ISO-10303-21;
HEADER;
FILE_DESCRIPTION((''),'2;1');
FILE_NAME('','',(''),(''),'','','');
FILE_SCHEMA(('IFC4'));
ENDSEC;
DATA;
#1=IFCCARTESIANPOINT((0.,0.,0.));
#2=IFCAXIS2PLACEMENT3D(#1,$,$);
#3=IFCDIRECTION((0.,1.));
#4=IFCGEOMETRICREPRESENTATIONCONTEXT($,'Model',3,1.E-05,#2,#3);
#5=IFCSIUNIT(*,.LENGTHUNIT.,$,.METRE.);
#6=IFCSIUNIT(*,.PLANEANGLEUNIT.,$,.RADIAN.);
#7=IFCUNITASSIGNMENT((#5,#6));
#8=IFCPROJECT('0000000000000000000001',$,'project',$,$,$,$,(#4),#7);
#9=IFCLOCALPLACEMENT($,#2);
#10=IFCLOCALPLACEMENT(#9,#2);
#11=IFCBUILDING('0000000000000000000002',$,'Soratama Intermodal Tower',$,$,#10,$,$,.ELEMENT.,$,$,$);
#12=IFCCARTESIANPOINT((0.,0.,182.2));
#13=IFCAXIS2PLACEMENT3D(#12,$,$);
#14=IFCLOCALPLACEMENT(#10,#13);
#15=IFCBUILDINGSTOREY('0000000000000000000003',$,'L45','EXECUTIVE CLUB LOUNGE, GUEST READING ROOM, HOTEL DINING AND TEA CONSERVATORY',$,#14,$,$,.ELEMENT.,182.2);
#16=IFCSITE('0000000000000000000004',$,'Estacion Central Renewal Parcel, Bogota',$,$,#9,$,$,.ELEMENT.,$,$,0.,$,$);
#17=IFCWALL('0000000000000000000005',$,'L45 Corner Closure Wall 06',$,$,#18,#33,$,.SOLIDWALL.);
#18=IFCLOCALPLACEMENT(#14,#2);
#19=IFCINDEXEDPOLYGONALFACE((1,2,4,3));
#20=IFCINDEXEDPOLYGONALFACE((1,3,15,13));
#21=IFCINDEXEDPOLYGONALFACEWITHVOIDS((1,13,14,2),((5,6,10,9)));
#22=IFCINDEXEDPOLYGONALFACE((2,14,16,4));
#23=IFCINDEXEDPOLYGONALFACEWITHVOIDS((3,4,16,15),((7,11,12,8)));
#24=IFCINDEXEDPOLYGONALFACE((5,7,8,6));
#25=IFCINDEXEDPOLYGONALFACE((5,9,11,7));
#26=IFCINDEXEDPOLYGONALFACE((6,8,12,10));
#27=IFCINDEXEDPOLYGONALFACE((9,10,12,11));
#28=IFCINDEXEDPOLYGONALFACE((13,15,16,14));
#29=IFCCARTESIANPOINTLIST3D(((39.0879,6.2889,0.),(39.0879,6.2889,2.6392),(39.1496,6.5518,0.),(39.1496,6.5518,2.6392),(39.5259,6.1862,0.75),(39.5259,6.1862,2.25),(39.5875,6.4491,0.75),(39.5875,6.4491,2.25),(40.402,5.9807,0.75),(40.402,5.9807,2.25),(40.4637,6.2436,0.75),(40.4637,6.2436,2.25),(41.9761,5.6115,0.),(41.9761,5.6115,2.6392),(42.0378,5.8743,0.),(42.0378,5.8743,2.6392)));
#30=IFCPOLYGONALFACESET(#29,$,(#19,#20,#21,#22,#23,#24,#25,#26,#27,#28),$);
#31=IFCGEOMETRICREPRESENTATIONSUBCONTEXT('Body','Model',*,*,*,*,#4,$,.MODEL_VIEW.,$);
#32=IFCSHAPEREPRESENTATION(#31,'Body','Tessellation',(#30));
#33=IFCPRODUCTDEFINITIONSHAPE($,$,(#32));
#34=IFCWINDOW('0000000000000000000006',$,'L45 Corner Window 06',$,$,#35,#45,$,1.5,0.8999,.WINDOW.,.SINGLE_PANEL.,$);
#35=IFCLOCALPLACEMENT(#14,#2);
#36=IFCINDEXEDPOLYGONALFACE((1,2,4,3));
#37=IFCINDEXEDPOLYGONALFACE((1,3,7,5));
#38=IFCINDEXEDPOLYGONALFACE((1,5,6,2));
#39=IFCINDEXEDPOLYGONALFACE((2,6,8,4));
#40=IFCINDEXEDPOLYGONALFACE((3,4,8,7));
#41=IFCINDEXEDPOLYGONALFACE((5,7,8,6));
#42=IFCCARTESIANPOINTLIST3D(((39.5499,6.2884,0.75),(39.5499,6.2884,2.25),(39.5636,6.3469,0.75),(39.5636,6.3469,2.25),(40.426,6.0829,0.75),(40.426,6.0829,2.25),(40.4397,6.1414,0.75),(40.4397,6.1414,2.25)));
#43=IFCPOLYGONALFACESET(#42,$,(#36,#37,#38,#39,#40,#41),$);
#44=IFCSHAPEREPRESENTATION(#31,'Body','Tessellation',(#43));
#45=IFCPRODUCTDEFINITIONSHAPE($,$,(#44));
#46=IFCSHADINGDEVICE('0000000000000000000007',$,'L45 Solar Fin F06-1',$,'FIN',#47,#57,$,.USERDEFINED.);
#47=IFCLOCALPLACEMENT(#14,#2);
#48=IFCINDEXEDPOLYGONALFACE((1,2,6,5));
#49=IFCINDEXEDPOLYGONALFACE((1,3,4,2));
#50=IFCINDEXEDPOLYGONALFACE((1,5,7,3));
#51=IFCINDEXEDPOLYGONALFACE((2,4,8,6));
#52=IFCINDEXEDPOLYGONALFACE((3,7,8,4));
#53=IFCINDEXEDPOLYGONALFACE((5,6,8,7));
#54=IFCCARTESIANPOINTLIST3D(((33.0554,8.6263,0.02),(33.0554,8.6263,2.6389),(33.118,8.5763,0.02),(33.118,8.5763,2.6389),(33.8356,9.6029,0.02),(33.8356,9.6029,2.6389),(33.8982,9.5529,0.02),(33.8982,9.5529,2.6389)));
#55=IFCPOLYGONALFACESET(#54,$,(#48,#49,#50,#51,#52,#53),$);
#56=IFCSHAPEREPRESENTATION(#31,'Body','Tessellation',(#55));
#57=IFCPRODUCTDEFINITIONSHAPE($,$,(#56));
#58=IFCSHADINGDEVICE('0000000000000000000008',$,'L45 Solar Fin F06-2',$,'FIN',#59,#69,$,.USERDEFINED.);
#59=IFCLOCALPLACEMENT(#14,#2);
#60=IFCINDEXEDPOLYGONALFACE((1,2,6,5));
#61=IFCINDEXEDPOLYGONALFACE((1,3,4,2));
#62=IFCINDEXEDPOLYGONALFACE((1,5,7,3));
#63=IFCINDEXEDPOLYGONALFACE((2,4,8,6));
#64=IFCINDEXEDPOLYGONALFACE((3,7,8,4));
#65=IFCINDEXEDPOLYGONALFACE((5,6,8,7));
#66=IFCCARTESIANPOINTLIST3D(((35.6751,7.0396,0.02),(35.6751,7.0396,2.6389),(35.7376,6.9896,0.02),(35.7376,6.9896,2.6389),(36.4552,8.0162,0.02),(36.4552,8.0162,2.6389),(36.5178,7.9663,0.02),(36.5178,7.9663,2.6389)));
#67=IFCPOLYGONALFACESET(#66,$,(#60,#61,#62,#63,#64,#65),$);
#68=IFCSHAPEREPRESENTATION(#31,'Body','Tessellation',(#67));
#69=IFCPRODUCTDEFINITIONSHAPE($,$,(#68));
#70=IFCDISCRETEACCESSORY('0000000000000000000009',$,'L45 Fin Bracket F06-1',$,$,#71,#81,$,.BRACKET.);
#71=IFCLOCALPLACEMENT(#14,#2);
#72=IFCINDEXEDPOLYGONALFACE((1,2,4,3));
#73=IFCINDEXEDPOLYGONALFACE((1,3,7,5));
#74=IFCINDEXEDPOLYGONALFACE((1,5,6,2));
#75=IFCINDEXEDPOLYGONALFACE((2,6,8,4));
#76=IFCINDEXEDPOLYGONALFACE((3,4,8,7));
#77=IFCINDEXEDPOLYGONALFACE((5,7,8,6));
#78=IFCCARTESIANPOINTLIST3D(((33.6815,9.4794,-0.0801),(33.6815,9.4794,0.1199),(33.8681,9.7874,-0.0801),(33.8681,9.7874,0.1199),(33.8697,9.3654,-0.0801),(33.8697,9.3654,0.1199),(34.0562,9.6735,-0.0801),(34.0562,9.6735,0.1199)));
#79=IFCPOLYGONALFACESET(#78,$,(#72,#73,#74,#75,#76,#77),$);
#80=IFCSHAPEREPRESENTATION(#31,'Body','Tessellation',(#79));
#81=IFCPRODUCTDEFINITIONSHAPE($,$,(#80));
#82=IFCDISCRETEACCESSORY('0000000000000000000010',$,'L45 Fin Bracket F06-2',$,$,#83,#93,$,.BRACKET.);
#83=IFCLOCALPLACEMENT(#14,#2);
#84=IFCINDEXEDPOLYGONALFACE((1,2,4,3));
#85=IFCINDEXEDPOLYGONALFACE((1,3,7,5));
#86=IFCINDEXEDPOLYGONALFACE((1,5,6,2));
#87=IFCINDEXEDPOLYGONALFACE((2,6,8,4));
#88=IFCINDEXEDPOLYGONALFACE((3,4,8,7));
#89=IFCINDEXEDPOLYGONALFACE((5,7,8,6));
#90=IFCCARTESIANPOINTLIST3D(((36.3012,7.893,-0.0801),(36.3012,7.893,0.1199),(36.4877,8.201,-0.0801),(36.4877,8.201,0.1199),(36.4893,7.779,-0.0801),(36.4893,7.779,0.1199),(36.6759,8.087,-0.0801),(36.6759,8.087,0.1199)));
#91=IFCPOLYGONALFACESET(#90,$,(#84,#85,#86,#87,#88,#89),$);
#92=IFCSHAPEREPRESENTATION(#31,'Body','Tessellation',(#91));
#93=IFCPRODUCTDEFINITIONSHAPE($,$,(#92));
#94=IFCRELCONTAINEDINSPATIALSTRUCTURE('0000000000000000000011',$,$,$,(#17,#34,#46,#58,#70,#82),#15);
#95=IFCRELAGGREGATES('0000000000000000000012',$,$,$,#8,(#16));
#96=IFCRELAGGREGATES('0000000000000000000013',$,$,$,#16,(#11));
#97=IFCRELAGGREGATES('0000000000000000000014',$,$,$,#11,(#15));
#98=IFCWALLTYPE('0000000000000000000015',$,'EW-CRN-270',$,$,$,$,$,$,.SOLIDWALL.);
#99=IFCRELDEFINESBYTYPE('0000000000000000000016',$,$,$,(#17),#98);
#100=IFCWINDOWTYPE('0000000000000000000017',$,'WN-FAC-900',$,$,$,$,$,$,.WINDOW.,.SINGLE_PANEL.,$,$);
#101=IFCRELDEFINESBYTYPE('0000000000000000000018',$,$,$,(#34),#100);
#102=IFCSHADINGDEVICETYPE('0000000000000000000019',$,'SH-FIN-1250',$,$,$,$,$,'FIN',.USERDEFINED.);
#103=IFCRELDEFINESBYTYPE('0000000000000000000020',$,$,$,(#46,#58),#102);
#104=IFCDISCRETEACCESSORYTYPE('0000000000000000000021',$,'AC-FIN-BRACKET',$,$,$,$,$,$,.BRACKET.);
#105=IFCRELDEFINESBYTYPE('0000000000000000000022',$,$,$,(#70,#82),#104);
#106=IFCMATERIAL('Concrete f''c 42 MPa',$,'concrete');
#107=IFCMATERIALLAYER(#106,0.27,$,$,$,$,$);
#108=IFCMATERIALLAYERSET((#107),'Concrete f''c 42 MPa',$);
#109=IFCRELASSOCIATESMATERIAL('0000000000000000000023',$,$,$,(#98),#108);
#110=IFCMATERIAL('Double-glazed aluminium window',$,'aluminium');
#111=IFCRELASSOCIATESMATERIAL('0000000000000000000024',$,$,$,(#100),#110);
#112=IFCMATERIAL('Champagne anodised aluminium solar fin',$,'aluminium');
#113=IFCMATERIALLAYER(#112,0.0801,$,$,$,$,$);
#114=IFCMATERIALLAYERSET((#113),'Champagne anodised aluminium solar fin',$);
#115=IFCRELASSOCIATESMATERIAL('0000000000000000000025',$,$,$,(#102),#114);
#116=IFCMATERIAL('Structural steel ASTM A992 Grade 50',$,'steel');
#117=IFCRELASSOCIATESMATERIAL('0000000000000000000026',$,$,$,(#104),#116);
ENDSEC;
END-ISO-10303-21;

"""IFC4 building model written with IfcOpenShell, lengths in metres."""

from ifc_helpers import new_model, si_unit, direction, frame, frame_2d, origin, origin_2d, place, context, subcontext, project, spatial, rectangle, extrude, material, layer, layer_set, type_object, element, fill, save


model = new_model("IFC4")

# Units and contexts
model_context = context("Model", 3, precision=1e-05, world=origin(), true_north=direction((0.0, 1.0)))
body_context = subcontext(model_context, "Body", "Model", "MODEL_VIEW")
ifc_project = project(units=[si_unit("LENGTHUNIT", "METRE"), si_unit("PLANEANGLEUNIT", "RADIAN")], contexts=[model_context])

# Site, building, storey
site_placement = place(None, origin())
site = spatial("IfcSite", under=ifc_project, at=site_placement, Name="Estacion Central Renewal Parcel, Bogota", CompositionType="ELEMENT", RefElevation=0.0)
building_placement = place(site_placement, origin())
building = spatial("IfcBuilding", under=site, at=building_placement, Name="Soratama Intermodal Tower", CompositionType="ELEMENT")
storey_placement = place(building_placement, frame((0.0, 0.0, 182.2)))
storey = spatial("IfcBuildingStorey", under=building, at=storey_placement, Name="L45", Description="EXECUTIVE CLUB LOUNGE, GUEST READING ROOM, HOTEL DINING AND TEA CONSERVATORY", CompositionType="ELEMENT", Elevation=182.2)

# Wall, opening, window
ifc_material_1 = material(Name="Concrete f'c 42 MPa", Category="concrete")
ifc_layer_1 = layer(ifc_material_1, 0.27)
ifc_layer_set_1 = layer_set([ifc_layer_1], Name="Concrete f'c 42 MPa")
wall_type = type_object("IfcWallType", Name="EW-CRN-270", PredefinedType="SOLIDWALL", material=ifc_layer_set_1)
wall_placement = place(storey_placement, frame((39.1187, 6.4204, 0.0), z_axis=(0.0, 0.0, 1.0), x_axis=(0.973573, -0.228374, 0.0)))
wall = element("IfcWall", 1, at=wall_placement, inside=storey, type_object=wall_type, Name="L45 Corner Closure Wall 06", PredefinedType="SOLIDWALL", context=body_context, shape_type="SweptSolid", body=[
    extrude(rectangle(XDim=2.9666, YDim=0.27, at=frame_2d((1.4834, 0.0))), origin(), (0.0, 0.0, 1.0), 2.6392),
])
opening_placement = place(wall_placement, frame((0.45, 0.0, 0.75)))
opening = element("IfcOpeningElement", 2, at=opening_placement, cuts=wall, PredefinedType="OPENING", context=body_context, shape_type="SweptSolid", body=[
    extrude(rectangle(XDim=0.8999, YDim=1.5, at=frame_2d((0.45, 0.75))), frame((0.0, 0.145, 0.0), z_axis=(0.0, -1.0, 0.0), x_axis=(1.0, 0.0, 0.0)), (0.0, 0.0, 1.0), 0.29),
])
ifc_material_2 = material(Name="Double-glazed aluminium window", Category="aluminium")
window_type = type_object("IfcWindowType", Name="WN-FAC-900", PartitioningType="SINGLE_PANEL", PredefinedType="WINDOW", material=ifc_material_2)
window_placement = place(opening_placement, origin())
window = element("IfcWindow", 3, at=window_placement, inside=storey, type_object=window_type, Name="L45 Corner Window 06", OverallHeight=1.5, OverallWidth=0.8999, PartitioningType="SINGLE_PANEL", PredefinedType="WINDOW", context=body_context, shape_type="SweptSolid", body=[
    extrude(rectangle(XDim=0.8999, YDim=1.5, at=frame_2d((0.45, 0.75))), frame((0.0, 0.03, 0.0), z_axis=(0.0, -1.0, 0.0), x_axis=(1.0, 0.0, 0.0)), (0.0, 0.0, 1.0), 0.0601),
])
fill(opening, window)

# Shading devices
ifc_material_3 = material(Name="Champagne anodised aluminium solar fin", Category="aluminium")
ifc_layer_2 = layer(ifc_material_3, 0.0801)
ifc_layer_set_2 = layer_set([ifc_layer_2], Name="Champagne anodised aluminium solar fin")
shading_device_type = type_object("IfcShadingDeviceType", Name="SH-FIN-1250", ElementType="FIN", PredefinedType="USERDEFINED", material=ifc_layer_set_2)
for number, where, z_axis, x_axis, name in (
    (4, (33.4768, 9.0896, 0.02), (0.0, 0.0, 1.0), (-0.624152, -0.781303, 0.0), "L45 Solar Fin F06-1"),
    (5, (36.0964, 7.5029, 0.02), (0.0, 0.0, 1.0), (-0.624152, -0.781303, 0.0), "L45 Solar Fin F06-2"),
):
    element("IfcShadingDevice", number, at=place(storey_placement, frame(where, z_axis=z_axis, x_axis=x_axis)), inside=storey, type_object=shading_device_type, Name=name, ObjectType="FIN", PredefinedType="USERDEFINED", context=body_context, shape_type="SweptSolid", body=[
        extrude(rectangle(XDim=1.25, YDim=0.0801, at=origin_2d()), origin(), (0.0, 0.0, 1.0), 2.6189),
    ])

# Discrete accessories
ifc_material_4 = material(Name="Structural steel ASTM A992 Grade 50", Category="steel")
discrete_accessory_type = type_object("IfcDiscreteAccessoryType", Name="AC-FIN-BRACKET", PredefinedType="BRACKET", material=ifc_material_4)
for number, where, z_axis, x_axis, name in (
    (6, (33.8689, 9.5764, -0.0801), (0.0, 0.0, 1.0), (-0.518027, -0.855364, 0.0), "L45 Fin Bracket F06-1"),
    (7, (36.4885, 7.99, -0.0801), (0.0, 0.0, 1.0), (-0.518027, -0.855364, 0.0), "L45 Fin Bracket F06-2"),
):
    element("IfcDiscreteAccessory", number, at=place(storey_placement, frame(where, z_axis=z_axis, x_axis=x_axis)), inside=storey, type_object=discrete_accessory_type, Name=name, PredefinedType="BRACKET", context=body_context, shape_type="SweptSolid", body=[
        extrude(rectangle(XDim=0.3601, YDim=0.22, at=origin_2d()), origin(), (0.0, 0.0, 1.0), 0.2),
    ])

save(model, "model.ifc")
